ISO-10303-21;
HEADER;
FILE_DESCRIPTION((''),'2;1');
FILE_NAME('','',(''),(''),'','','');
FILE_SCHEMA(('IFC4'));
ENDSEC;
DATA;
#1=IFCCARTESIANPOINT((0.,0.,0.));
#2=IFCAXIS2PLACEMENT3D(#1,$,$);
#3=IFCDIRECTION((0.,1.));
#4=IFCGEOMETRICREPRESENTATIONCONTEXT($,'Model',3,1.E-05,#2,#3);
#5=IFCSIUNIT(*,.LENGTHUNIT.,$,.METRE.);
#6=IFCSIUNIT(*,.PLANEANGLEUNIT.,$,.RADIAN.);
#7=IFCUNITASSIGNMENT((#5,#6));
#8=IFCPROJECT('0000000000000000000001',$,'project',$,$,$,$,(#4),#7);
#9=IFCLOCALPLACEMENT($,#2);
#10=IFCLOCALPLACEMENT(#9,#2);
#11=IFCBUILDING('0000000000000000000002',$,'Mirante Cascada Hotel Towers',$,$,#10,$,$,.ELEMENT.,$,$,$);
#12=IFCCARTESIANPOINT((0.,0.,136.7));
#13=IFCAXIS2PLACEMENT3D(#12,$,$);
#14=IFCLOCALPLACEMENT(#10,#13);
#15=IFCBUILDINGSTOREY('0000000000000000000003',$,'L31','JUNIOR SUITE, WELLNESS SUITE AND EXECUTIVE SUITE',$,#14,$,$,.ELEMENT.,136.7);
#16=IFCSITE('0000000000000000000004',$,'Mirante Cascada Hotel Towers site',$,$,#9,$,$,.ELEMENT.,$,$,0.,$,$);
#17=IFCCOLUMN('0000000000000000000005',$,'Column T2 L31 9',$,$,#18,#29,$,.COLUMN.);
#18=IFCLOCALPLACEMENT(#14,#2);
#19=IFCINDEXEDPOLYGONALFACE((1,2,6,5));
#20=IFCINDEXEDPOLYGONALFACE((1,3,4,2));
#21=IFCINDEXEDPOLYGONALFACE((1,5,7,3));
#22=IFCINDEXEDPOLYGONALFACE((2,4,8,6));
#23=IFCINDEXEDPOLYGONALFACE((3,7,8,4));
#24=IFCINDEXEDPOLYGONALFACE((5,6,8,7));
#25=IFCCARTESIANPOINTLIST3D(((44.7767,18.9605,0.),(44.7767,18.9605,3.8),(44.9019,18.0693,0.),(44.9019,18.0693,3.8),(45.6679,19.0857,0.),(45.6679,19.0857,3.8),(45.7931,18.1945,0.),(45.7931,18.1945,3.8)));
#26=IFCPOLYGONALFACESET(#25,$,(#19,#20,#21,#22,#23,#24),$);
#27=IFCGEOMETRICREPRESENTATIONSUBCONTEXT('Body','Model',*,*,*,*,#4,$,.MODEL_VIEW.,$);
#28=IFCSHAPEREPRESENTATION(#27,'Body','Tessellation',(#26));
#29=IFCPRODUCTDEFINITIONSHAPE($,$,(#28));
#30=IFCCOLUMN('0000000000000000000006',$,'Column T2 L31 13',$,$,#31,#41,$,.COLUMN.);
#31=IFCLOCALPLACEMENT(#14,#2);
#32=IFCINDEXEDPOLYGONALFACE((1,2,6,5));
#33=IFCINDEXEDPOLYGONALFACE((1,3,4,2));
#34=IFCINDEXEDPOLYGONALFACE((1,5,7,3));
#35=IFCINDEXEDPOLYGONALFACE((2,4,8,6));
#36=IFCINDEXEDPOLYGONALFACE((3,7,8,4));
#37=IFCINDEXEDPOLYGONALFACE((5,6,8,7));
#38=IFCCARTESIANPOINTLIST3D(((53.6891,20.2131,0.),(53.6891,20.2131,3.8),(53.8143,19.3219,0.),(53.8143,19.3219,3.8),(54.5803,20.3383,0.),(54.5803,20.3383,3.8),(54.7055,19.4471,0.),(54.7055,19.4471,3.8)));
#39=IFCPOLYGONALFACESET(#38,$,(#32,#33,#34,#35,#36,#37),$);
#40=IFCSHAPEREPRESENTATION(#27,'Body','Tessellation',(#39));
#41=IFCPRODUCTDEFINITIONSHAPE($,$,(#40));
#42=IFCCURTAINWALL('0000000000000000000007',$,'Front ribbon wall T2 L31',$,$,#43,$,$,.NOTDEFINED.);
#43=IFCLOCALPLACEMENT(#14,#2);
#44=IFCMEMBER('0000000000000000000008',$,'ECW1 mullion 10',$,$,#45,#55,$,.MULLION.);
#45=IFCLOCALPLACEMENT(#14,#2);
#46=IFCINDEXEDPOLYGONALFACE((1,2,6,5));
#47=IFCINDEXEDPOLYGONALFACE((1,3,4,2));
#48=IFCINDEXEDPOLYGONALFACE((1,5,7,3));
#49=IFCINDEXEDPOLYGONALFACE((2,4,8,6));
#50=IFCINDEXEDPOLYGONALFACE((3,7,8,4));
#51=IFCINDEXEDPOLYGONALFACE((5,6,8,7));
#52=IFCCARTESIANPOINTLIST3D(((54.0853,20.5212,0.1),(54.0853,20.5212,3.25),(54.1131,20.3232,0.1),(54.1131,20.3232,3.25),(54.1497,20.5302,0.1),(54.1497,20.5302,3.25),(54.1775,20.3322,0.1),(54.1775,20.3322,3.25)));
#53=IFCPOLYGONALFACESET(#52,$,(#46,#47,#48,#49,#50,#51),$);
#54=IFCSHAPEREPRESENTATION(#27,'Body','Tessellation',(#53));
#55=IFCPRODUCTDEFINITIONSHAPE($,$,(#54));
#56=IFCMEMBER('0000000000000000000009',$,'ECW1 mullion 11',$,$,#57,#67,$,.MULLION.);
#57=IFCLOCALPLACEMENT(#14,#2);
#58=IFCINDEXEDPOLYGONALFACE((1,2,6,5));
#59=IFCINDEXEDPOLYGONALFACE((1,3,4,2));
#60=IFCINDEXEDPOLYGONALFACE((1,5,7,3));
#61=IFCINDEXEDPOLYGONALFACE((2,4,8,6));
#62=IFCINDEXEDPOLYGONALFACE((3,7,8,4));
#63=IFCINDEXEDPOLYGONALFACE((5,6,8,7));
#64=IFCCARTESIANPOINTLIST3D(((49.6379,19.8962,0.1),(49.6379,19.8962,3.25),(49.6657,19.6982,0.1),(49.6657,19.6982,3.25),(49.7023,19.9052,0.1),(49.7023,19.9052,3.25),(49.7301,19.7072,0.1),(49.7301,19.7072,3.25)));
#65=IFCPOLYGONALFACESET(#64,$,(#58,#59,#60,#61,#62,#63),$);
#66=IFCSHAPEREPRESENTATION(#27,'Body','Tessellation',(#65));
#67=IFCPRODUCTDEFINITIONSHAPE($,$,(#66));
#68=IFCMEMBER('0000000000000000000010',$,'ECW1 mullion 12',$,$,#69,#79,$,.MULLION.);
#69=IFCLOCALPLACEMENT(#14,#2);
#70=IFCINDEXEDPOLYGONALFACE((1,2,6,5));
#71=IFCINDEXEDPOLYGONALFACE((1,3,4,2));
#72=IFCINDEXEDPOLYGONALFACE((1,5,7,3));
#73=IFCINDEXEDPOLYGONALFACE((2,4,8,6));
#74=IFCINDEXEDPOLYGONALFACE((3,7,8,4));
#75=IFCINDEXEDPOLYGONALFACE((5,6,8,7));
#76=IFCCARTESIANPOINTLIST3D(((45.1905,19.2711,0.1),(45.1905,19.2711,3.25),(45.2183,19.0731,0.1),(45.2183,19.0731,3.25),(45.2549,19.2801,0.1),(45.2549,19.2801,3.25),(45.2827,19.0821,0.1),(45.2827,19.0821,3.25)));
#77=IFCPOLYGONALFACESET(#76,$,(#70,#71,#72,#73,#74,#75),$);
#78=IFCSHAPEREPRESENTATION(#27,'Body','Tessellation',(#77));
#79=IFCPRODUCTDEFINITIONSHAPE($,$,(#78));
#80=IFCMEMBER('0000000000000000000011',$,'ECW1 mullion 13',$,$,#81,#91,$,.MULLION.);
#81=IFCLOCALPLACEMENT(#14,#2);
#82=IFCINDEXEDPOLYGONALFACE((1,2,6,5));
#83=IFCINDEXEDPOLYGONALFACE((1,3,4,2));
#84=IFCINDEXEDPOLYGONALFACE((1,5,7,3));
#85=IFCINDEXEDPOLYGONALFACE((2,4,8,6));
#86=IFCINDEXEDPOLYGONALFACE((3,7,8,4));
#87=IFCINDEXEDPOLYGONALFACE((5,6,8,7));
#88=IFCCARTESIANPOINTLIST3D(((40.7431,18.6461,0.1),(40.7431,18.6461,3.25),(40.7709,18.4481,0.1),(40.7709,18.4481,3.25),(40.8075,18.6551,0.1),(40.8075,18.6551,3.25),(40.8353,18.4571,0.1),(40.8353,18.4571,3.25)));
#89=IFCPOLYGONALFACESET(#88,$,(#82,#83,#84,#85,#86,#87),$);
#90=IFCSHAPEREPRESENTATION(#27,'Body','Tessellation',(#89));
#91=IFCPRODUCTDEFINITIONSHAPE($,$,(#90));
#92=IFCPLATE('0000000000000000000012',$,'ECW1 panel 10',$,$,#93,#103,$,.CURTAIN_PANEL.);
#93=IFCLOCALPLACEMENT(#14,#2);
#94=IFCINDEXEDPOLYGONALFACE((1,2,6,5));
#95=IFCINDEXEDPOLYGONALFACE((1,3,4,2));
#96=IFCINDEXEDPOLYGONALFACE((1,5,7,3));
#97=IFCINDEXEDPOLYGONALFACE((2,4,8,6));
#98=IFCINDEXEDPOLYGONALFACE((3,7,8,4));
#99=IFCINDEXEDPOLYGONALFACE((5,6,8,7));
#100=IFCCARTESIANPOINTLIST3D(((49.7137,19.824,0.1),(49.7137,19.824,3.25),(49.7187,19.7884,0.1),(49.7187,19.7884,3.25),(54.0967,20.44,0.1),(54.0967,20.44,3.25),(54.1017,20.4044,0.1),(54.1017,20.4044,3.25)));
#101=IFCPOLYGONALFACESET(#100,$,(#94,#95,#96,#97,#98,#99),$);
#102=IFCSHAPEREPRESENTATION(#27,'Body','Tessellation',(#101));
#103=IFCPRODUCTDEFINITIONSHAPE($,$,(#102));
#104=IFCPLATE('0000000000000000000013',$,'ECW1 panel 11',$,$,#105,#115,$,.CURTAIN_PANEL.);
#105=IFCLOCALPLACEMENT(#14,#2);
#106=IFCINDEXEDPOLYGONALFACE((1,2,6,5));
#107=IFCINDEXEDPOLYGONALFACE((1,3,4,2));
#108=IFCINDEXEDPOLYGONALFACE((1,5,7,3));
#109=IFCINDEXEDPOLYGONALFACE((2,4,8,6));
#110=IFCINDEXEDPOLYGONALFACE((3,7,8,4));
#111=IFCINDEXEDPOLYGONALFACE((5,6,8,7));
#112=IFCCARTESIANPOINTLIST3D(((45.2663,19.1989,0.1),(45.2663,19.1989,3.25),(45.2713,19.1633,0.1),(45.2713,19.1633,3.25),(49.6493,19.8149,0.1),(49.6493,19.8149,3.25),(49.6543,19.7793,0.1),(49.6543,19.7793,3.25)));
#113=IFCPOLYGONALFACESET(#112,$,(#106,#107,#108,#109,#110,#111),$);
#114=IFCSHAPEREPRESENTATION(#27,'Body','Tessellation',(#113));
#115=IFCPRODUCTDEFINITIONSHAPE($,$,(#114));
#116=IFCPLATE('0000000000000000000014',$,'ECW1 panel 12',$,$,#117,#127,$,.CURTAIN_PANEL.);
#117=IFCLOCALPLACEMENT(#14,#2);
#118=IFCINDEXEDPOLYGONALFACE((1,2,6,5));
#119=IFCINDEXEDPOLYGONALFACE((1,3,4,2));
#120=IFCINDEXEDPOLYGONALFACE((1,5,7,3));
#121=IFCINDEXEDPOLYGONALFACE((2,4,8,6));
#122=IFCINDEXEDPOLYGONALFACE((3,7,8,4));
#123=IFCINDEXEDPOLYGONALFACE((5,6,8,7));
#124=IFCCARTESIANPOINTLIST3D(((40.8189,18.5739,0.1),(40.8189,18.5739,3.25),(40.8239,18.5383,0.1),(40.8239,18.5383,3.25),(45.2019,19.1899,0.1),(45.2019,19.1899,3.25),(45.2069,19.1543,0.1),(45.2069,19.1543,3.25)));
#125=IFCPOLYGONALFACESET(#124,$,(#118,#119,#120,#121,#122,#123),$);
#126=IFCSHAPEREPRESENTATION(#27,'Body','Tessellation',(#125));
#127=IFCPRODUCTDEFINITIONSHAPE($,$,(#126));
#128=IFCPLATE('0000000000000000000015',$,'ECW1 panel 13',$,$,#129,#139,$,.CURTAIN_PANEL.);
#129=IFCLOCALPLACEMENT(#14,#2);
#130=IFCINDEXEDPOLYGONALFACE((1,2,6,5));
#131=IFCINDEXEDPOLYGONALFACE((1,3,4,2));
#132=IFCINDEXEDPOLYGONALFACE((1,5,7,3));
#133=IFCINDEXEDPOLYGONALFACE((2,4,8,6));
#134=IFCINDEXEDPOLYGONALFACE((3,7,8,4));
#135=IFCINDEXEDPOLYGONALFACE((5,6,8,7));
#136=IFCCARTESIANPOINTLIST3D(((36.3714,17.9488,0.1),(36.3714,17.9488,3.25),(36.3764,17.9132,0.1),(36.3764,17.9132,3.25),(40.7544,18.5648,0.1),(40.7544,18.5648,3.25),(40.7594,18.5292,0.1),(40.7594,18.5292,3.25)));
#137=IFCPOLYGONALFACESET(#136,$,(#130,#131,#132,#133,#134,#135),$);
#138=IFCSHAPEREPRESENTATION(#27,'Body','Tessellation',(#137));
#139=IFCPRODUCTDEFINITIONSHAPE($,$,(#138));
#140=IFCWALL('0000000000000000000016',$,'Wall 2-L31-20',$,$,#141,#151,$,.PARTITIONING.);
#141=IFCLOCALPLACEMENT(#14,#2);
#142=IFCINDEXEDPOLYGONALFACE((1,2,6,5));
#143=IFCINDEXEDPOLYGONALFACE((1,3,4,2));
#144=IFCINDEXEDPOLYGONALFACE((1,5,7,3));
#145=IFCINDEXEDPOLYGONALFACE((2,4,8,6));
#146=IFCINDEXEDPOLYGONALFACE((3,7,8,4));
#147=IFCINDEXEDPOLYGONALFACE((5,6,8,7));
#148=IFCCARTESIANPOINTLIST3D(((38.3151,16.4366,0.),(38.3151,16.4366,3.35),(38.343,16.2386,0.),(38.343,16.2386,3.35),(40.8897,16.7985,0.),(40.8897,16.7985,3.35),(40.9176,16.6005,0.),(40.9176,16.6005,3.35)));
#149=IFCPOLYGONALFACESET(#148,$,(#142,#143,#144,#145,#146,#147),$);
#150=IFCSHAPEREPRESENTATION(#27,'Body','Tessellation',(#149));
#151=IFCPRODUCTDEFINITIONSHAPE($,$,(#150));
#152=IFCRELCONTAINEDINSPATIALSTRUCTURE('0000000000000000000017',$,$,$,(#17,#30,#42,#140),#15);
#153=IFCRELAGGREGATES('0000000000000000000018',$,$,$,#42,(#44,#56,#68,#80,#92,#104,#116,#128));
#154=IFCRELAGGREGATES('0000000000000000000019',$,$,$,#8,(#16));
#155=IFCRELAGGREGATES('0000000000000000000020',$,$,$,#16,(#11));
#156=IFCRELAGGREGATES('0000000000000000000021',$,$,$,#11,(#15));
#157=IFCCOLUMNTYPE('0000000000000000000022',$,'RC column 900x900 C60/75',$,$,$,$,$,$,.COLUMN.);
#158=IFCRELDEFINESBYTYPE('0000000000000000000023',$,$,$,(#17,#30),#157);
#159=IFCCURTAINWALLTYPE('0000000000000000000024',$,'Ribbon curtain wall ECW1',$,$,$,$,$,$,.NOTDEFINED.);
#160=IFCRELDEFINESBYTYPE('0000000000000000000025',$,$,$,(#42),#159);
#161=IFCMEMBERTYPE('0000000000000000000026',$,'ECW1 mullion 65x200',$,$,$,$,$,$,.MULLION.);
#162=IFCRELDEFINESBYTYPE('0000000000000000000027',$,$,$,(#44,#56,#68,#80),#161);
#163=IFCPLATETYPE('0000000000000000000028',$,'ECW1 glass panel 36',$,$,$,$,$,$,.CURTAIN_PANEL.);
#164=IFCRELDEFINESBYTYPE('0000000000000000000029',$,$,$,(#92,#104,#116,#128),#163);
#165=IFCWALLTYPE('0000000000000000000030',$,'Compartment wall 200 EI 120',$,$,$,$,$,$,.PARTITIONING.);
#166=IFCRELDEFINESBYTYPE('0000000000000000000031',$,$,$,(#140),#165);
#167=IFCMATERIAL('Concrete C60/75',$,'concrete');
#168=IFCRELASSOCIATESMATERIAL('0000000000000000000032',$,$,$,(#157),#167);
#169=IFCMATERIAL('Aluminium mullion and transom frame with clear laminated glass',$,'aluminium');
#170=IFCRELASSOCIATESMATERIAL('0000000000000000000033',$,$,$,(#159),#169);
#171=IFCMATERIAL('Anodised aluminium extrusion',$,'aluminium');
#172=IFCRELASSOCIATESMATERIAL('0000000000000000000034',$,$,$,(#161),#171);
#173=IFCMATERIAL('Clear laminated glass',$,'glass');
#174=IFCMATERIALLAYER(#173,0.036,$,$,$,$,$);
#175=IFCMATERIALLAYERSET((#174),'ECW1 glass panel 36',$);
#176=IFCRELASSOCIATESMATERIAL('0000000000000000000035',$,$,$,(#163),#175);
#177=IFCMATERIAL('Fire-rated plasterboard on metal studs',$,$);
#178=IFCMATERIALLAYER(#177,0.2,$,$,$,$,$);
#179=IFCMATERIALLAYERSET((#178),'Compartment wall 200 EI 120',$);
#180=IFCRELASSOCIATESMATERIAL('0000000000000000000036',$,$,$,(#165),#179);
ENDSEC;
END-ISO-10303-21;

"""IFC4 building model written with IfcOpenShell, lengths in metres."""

from ifc_helpers import new_model, si_unit, direction, frame, frame_2d, origin, origin_2d, place, context, subcontext, project, spatial, rectangle, extrude, material, layer, layer_set, material_profile, profile_set, type_object, element, aggregate, save


model = new_model("IFC4")

# Units and contexts
model_context = context("Model", 3, precision=1e-05, world=origin(), true_north=direction((0.0, 1.0)))
body_context = subcontext(model_context, "Body", "Model", "MODEL_VIEW")
ifc_project = project(units=[si_unit("LENGTHUNIT", "METRE"), si_unit("PLANEANGLEUNIT", "RADIAN")], contexts=[model_context])

# Site, building, storey
site_placement = place(None, origin())
site = spatial("IfcSite", under=ifc_project, at=site_placement, Name="Mirante Cascada Hotel Towers site", CompositionType="ELEMENT", RefElevation=0.0)
building_placement = place(site_placement, origin())
building = spatial("IfcBuilding", under=site, at=building_placement, Name="Mirante Cascada Hotel Towers", CompositionType="ELEMENT")
storey_placement = place(building_placement, frame((0.0, 0.0, 136.7)))
storey = spatial("IfcBuildingStorey", under=building, at=storey_placement, Name="L31", Description="JUNIOR SUITE, WELLNESS SUITE AND EXECUTIVE SUITE", CompositionType="ELEMENT", Elevation=136.7)

# Columns
ifc_material_1 = material(Name="Concrete C60/75", Category="concrete")
ifc_material_profile_1 = material_profile(ifc_material_1, rectangle(XDim=0.9, YDim=0.9, at=origin_2d()), Name="RC column 900x900 C60/75")
ifc_profile_set_1 = profile_set([ifc_material_profile_1], Name="Concrete C60/75")
column_type = type_object("IfcColumnType", Name="RC column 900x900 C60/75", PredefinedType="COLUMN", material=ifc_profile_set_1)
for number, where, z_axis, x_axis, name in (
    (1, (45.2849, 18.5775, 0.0), (0.0, 0.0, 1.0), (0.990268, 0.139173, 0.0), "Column T2 L31 9"),
    (2, (54.1973, 19.8301, 0.0), (0.0, 0.0, 1.0), (0.990268, 0.139173, 0.0), "Column T2 L31 13"),
):
    element("IfcColumn", number, at=place(storey_placement, frame(where, z_axis=z_axis, x_axis=x_axis)), inside=storey, type_object=column_type, Name=name, PredefinedType="COLUMN", context=body_context, shape_type="SweptSolid", body=[
        extrude(rectangle(XDim=0.9, YDim=0.9, at=origin_2d()), origin(), (0.0, 0.0, 1.0), 3.8),
    ])

# Curtain wall, members, plates
ifc_material_2 = material(Name="Aluminium mullion and transom frame with clear laminated glass", Category="aluminium")
curtain_wall_type = type_object("IfcCurtainWallType", Name="Ribbon curtain wall ECW1", PredefinedType="NOTDEFINED", material=ifc_material_2)
curtain_wall_placement = place(storey_placement, origin())
curtain_wall = element("IfcCurtainWall", 3, at=curtain_wall_placement, inside=storey, type_object=curtain_wall_type, Name="Front ribbon wall T2 L31", PredefinedType="NOTDEFINED")
ifc_material_3 = material(Name="Anodised aluminium extrusion", Category="aluminium")
ifc_material_profile_2 = material_profile(ifc_material_3, rectangle(XDim=0.2, YDim=0.065, at=origin_2d()), Name="ECW1 MULLION 65x200")
ifc_profile_set_2 = profile_set([ifc_material_profile_2], Name="Anodised aluminium extrusion")
member_type = type_object("IfcMemberType", Name="ECW1 mullion 65x200", PredefinedType="MULLION", material=ifc_profile_set_2)
member_1_placement = place(storey_placement, frame((54.1314, 20.4267, 0.1), z_axis=(0.0, 0.0, 1.0), x_axis=(0.139173, -0.990268, 0.0)))
member_1 = element("IfcMember", 4, at=member_1_placement, type_object=member_type, Name="ECW1 mullion 10", PredefinedType="MULLION", context=body_context, shape_type="SweptSolid", body=[
    extrude(rectangle(XDim=0.2, YDim=0.065, at=origin_2d()), origin(), (0.0, 0.0, 1.0), 3.15),
])
member_2_placement = place(storey_placement, frame((49.684, 19.8017, 0.1), z_axis=(0.0, 0.0, 1.0), x_axis=(0.139173, -0.990268, 0.0)))
member_2 = element("IfcMember", 5, at=member_2_placement, type_object=member_type, Name="ECW1 mullion 11", PredefinedType="MULLION", context=body_context, shape_type="SweptSolid", body=[
    extrude(rectangle(XDim=0.2, YDim=0.065, at=origin_2d()), origin(), (0.0, 0.0, 1.0), 3.15),
])
member_3_placement = place(storey_placement, frame((45.2366, 19.1766, 0.1), z_axis=(0.0, 0.0, 1.0), x_axis=(0.139173, -0.990268, 0.0)))
member_3 = element("IfcMember", 6, at=member_3_placement, type_object=member_type, Name="ECW1 mullion 12", PredefinedType="MULLION", context=body_context, shape_type="SweptSolid", body=[
    extrude(rectangle(XDim=0.2, YDim=0.065, at=origin_2d()), origin(), (0.0, 0.0, 1.0), 3.15),
])
member_4_placement = place(storey_placement, frame((40.7892, 18.5516, 0.1), z_axis=(0.0, 0.0, 1.0), x_axis=(0.139173, -0.990268, 0.0)))
member_4 = element("IfcMember", 7, at=member_4_placement, type_object=member_type, Name="ECW1 mullion 13", PredefinedType="MULLION", context=body_context, shape_type="SweptSolid", body=[
    extrude(rectangle(XDim=0.2, YDim=0.065, at=origin_2d()), origin(), (0.0, 0.0, 1.0), 3.15),
])
ifc_material_4 = material(Name="Clear laminated glass", Category="glass")
ifc_layer_1 = layer(ifc_material_4, 0.036)
ifc_layer_set_1 = layer_set([ifc_layer_1], Name="ECW1 glass panel 36")
plate_type = type_object("IfcPlateType", Name="ECW1 glass panel 36", PredefinedType="CURTAIN_PANEL", material=ifc_layer_set_1)
plate_1_placement = place(storey_placement, frame((51.9077, 20.1142, 0.1), z_axis=(0.0, 0.0, 1.0), x_axis=(-0.990268, -0.139173, 0.0)))
plate_1 = element("IfcPlate", 8, at=plate_1_placement, type_object=plate_type, Name="ECW1 panel 10", PredefinedType="CURTAIN_PANEL", context=body_context, shape_type="SweptSolid", body=[
    extrude(rectangle(XDim=4.4261, YDim=0.036, at=origin_2d()), origin(), (0.0, 0.0, 1.0), 3.15),
])
plate_2_placement = place(storey_placement, frame((47.4603, 19.4891, 0.1), z_axis=(0.0, 0.0, 1.0), x_axis=(-0.990268, -0.139173, 0.0)))
plate_2 = element("IfcPlate", 9, at=plate_2_placement, type_object=plate_type, Name="ECW1 panel 11", PredefinedType="CURTAIN_PANEL", context=body_context, shape_type="SweptSolid", body=[
    extrude(rectangle(XDim=4.4261, YDim=0.036, at=origin_2d()), origin(), (0.0, 0.0, 1.0), 3.15),
])
plate_3_placement = place(storey_placement, frame((43.0129, 18.8641, 0.1), z_axis=(0.0, 0.0, 1.0), x_axis=(-0.990268, -0.139173, 0.0)))
plate_3 = element("IfcPlate", 10, at=plate_3_placement, type_object=plate_type, Name="ECW1 panel 12", PredefinedType="CURTAIN_PANEL", context=body_context, shape_type="SweptSolid", body=[
    extrude(rectangle(XDim=4.4261, YDim=0.036, at=origin_2d()), origin(), (0.0, 0.0, 1.0), 3.15),
])
plate_4_placement = place(storey_placement, frame((38.5654, 18.239, 0.1), z_axis=(0.0, 0.0, 1.0), x_axis=(-0.990268, -0.139173, 0.0)))
plate_4 = element("IfcPlate", 11, at=plate_4_placement, type_object=plate_type, Name="ECW1 panel 13", PredefinedType="CURTAIN_PANEL", context=body_context, shape_type="SweptSolid", body=[
    extrude(rectangle(XDim=4.4261, YDim=0.036, at=origin_2d()), origin(), (0.0, 0.0, 1.0), 3.15),
])
aggregate(curtain_wall, [member_1, member_2, member_3, member_4, plate_1, plate_2, plate_3, plate_4])

# Wall
ifc_material_5 = material(Name="Fire-rated plasterboard on metal studs")
ifc_layer_2 = layer(ifc_material_5, 0.2)
ifc_layer_set_2 = layer_set([ifc_layer_2], Name="Compartment wall 200 EI 120")
wall_type_1 = type_object("IfcWallType", Name="Compartment wall 200 EI 120", PredefinedType="PARTITIONING", material=ifc_layer_set_2)
wall_1_placement = place(storey_placement, frame((38.329, 16.3376, 0.0), z_axis=(0.0, 0.0, 1.0), x_axis=(0.990265, 0.139197, 0.0)))
element("IfcWall", 12, at=wall_1_placement, inside=storey, type_object=wall_type_1, Name="Wall 2-L31-20", PredefinedType="PARTITIONING", context=body_context, shape_type="SweptSolid", body=[
    extrude(rectangle(XDim=2.5999, YDim=0.2, at=frame_2d((1.3, 0.0))), origin(), (0.0, 0.0, 1.0), 3.35),
])

save(model, "model.ifc")
